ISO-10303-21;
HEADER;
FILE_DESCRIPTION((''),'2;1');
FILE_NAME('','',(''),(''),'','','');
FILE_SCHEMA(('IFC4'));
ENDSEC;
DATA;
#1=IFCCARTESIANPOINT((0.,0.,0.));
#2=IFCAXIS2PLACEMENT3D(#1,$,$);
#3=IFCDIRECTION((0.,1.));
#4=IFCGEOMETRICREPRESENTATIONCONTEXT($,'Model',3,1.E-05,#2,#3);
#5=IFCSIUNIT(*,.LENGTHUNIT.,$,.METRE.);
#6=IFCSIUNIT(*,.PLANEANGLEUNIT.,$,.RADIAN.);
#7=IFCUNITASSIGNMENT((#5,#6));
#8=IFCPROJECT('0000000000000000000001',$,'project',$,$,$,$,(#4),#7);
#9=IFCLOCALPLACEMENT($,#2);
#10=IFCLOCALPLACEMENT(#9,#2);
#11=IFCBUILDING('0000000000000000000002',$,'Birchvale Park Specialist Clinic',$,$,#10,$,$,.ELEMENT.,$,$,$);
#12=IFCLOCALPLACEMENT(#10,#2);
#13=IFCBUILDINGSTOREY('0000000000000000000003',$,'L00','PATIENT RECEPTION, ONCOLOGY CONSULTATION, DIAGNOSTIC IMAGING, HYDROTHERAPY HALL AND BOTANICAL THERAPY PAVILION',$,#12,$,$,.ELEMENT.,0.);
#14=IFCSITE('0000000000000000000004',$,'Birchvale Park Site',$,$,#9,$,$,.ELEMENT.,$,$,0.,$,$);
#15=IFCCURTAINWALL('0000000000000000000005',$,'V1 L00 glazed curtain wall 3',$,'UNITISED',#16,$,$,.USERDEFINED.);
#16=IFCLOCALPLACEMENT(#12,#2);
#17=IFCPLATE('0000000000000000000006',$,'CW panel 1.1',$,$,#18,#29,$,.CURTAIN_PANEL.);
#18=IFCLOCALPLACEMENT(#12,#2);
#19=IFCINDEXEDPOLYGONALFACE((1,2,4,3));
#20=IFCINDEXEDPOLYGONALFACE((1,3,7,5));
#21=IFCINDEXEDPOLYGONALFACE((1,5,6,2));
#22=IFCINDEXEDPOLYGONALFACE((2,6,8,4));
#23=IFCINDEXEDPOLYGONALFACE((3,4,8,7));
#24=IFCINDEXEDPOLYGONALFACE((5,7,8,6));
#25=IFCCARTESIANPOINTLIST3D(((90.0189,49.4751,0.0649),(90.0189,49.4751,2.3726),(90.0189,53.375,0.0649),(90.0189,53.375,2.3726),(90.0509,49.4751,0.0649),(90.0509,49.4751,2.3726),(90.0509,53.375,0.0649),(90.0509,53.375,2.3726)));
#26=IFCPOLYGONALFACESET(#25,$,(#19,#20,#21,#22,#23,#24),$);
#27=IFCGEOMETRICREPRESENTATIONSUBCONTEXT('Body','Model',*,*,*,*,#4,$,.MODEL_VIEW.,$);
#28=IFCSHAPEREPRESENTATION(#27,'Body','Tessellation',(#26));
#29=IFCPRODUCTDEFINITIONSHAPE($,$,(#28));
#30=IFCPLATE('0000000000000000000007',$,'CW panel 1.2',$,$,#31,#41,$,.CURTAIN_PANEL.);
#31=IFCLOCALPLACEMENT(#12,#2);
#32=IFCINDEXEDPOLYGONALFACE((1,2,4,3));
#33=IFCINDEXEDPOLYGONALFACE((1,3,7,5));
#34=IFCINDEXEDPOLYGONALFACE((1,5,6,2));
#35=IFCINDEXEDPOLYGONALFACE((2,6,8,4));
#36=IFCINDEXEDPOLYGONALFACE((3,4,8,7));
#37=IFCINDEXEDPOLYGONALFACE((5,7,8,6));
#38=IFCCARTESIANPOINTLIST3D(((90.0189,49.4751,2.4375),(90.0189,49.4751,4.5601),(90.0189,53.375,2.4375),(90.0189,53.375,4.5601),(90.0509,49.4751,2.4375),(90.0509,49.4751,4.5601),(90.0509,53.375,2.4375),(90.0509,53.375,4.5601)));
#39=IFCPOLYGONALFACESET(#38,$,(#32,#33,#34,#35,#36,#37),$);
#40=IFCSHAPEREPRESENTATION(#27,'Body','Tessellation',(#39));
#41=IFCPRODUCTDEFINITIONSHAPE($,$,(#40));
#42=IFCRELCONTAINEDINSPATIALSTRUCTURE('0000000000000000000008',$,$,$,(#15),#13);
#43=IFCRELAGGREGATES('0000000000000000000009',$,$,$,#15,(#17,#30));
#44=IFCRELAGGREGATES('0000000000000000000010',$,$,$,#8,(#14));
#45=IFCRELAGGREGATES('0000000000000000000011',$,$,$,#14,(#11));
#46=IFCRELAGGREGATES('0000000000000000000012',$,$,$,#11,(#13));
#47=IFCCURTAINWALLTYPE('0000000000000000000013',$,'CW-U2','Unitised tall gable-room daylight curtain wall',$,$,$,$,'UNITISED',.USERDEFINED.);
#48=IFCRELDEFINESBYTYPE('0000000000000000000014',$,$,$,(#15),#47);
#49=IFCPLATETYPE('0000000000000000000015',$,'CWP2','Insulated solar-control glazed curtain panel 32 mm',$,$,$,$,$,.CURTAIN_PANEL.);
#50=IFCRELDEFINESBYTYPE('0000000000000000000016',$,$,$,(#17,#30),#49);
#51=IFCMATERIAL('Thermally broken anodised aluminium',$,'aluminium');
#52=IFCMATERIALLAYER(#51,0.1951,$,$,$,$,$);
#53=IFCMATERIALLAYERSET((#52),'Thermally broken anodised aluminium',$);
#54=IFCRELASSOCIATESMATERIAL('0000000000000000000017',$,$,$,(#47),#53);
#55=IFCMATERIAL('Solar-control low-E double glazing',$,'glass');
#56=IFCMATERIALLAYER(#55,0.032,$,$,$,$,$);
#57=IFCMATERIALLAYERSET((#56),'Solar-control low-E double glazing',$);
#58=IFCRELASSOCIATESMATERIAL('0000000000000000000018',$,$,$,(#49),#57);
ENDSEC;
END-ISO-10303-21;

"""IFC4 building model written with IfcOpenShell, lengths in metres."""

from ifc_helpers import new_model, si_unit, direction, frame, origin, origin_2d, place, context, subcontext, project, spatial, rectangle, extrude, material, layer, layer_set, type_object, element, aggregate, save


model = new_model("IFC4")

# Units and contexts
model_context = context("Model", 3, precision=1e-05, world=origin(), true_north=direction((0.0, 1.0)))
body_context = subcontext(model_context, "Body", "Model", "MODEL_VIEW")
ifc_project = project(units=[si_unit("LENGTHUNIT", "METRE"), si_unit("PLANEANGLEUNIT", "RADIAN")], contexts=[model_context])

# Site, building, storey
site_placement = place(None, origin())
site = spatial("IfcSite", under=ifc_project, at=site_placement, Name="Birchvale Park Site", CompositionType="ELEMENT", RefElevation=0.0)
building_placement = place(site_placement, origin())
building = spatial("IfcBuilding", under=site, at=building_placement, Name="Birchvale Park Specialist Clinic", CompositionType="ELEMENT")
storey_placement = place(building_placement, origin())
storey = spatial("IfcBuildingStorey", under=building, at=storey_placement, Name="L00", Description="PATIENT RECEPTION, ONCOLOGY CONSULTATION, DIAGNOSTIC IMAGING, HYDROTHERAPY HALL AND BOTANICAL THERAPY PAVILION", CompositionType="ELEMENT", Elevation=0.0)

# Curtain wall
ifc_material_1 = material(Name="Thermally broken anodised aluminium", Category="aluminium")
ifc_layer_1 = layer(ifc_material_1, 0.1951)
ifc_layer_set_1 = layer_set([ifc_layer_1], Name="Thermally broken anodised aluminium")
curtain_wall_type = type_object("IfcCurtainWallType", Name="CW-U2", Description="Unitised tall gable-room daylight curtain wall", ElementType="UNITISED", PredefinedType="USERDEFINED", material=ifc_layer_set_1)
curtain_wall_1_placement = place(storey_placement, origin())
curtain_wall_1 = element("IfcCurtainWall", 1, at=curtain_wall_1_placement, inside=storey, type_object=curtain_wall_type, Name="V1 L00 glazed curtain wall 3", ObjectType="UNITISED", PredefinedType="USERDEFINED")

# Plates
ifc_material_2 = material(Name="Solar-control low-E double glazing", Category="glass")
ifc_layer_2 = layer(ifc_material_2, 0.032)
ifc_layer_set_2 = layer_set([ifc_layer_2], Name="Solar-control low-E double glazing")
plate_type = type_object("IfcPlateType", Name="CWP2", Description="Insulated solar-control glazed curtain panel 32 mm", PredefinedType="CURTAIN_PANEL", material=ifc_layer_set_2)
plate_1_placement = place(storey_placement, frame((90.0349, 51.425, 0.0649), z_axis=(0.0, 0.0, 1.0), x_axis=(0.0, 1.0, 0.0)))
plate_1 = element("IfcPlate", 2, at=plate_1_placement, type_object=plate_type, Name="CW panel 1.1", PredefinedType="CURTAIN_PANEL", context=body_context, shape_type="SweptSolid", body=[
    extrude(rectangle(XDim=3.8999, YDim=0.032, at=origin_2d()), origin(), (0.0, 0.0, 1.0), 2.3076),
])
plate_2_placement = place(storey_placement, frame((90.0349, 51.425, 2.4375), z_axis=(0.0, 0.0, 1.0), x_axis=(0.0, 1.0, 0.0)))
plate_2 = element("IfcPlate", 3, at=plate_2_placement, type_object=plate_type, Name="CW panel 1.2", PredefinedType="CURTAIN_PANEL", context=body_context, shape_type="SweptSolid", body=[
    extrude(rectangle(XDim=3.8999, YDim=0.032, at=origin_2d()), origin(), (0.0, 0.0, 1.0), 2.1226),
])
aggregate(curtain_wall_1, [plate_1, plate_2])

save(model, "model.ifc")
